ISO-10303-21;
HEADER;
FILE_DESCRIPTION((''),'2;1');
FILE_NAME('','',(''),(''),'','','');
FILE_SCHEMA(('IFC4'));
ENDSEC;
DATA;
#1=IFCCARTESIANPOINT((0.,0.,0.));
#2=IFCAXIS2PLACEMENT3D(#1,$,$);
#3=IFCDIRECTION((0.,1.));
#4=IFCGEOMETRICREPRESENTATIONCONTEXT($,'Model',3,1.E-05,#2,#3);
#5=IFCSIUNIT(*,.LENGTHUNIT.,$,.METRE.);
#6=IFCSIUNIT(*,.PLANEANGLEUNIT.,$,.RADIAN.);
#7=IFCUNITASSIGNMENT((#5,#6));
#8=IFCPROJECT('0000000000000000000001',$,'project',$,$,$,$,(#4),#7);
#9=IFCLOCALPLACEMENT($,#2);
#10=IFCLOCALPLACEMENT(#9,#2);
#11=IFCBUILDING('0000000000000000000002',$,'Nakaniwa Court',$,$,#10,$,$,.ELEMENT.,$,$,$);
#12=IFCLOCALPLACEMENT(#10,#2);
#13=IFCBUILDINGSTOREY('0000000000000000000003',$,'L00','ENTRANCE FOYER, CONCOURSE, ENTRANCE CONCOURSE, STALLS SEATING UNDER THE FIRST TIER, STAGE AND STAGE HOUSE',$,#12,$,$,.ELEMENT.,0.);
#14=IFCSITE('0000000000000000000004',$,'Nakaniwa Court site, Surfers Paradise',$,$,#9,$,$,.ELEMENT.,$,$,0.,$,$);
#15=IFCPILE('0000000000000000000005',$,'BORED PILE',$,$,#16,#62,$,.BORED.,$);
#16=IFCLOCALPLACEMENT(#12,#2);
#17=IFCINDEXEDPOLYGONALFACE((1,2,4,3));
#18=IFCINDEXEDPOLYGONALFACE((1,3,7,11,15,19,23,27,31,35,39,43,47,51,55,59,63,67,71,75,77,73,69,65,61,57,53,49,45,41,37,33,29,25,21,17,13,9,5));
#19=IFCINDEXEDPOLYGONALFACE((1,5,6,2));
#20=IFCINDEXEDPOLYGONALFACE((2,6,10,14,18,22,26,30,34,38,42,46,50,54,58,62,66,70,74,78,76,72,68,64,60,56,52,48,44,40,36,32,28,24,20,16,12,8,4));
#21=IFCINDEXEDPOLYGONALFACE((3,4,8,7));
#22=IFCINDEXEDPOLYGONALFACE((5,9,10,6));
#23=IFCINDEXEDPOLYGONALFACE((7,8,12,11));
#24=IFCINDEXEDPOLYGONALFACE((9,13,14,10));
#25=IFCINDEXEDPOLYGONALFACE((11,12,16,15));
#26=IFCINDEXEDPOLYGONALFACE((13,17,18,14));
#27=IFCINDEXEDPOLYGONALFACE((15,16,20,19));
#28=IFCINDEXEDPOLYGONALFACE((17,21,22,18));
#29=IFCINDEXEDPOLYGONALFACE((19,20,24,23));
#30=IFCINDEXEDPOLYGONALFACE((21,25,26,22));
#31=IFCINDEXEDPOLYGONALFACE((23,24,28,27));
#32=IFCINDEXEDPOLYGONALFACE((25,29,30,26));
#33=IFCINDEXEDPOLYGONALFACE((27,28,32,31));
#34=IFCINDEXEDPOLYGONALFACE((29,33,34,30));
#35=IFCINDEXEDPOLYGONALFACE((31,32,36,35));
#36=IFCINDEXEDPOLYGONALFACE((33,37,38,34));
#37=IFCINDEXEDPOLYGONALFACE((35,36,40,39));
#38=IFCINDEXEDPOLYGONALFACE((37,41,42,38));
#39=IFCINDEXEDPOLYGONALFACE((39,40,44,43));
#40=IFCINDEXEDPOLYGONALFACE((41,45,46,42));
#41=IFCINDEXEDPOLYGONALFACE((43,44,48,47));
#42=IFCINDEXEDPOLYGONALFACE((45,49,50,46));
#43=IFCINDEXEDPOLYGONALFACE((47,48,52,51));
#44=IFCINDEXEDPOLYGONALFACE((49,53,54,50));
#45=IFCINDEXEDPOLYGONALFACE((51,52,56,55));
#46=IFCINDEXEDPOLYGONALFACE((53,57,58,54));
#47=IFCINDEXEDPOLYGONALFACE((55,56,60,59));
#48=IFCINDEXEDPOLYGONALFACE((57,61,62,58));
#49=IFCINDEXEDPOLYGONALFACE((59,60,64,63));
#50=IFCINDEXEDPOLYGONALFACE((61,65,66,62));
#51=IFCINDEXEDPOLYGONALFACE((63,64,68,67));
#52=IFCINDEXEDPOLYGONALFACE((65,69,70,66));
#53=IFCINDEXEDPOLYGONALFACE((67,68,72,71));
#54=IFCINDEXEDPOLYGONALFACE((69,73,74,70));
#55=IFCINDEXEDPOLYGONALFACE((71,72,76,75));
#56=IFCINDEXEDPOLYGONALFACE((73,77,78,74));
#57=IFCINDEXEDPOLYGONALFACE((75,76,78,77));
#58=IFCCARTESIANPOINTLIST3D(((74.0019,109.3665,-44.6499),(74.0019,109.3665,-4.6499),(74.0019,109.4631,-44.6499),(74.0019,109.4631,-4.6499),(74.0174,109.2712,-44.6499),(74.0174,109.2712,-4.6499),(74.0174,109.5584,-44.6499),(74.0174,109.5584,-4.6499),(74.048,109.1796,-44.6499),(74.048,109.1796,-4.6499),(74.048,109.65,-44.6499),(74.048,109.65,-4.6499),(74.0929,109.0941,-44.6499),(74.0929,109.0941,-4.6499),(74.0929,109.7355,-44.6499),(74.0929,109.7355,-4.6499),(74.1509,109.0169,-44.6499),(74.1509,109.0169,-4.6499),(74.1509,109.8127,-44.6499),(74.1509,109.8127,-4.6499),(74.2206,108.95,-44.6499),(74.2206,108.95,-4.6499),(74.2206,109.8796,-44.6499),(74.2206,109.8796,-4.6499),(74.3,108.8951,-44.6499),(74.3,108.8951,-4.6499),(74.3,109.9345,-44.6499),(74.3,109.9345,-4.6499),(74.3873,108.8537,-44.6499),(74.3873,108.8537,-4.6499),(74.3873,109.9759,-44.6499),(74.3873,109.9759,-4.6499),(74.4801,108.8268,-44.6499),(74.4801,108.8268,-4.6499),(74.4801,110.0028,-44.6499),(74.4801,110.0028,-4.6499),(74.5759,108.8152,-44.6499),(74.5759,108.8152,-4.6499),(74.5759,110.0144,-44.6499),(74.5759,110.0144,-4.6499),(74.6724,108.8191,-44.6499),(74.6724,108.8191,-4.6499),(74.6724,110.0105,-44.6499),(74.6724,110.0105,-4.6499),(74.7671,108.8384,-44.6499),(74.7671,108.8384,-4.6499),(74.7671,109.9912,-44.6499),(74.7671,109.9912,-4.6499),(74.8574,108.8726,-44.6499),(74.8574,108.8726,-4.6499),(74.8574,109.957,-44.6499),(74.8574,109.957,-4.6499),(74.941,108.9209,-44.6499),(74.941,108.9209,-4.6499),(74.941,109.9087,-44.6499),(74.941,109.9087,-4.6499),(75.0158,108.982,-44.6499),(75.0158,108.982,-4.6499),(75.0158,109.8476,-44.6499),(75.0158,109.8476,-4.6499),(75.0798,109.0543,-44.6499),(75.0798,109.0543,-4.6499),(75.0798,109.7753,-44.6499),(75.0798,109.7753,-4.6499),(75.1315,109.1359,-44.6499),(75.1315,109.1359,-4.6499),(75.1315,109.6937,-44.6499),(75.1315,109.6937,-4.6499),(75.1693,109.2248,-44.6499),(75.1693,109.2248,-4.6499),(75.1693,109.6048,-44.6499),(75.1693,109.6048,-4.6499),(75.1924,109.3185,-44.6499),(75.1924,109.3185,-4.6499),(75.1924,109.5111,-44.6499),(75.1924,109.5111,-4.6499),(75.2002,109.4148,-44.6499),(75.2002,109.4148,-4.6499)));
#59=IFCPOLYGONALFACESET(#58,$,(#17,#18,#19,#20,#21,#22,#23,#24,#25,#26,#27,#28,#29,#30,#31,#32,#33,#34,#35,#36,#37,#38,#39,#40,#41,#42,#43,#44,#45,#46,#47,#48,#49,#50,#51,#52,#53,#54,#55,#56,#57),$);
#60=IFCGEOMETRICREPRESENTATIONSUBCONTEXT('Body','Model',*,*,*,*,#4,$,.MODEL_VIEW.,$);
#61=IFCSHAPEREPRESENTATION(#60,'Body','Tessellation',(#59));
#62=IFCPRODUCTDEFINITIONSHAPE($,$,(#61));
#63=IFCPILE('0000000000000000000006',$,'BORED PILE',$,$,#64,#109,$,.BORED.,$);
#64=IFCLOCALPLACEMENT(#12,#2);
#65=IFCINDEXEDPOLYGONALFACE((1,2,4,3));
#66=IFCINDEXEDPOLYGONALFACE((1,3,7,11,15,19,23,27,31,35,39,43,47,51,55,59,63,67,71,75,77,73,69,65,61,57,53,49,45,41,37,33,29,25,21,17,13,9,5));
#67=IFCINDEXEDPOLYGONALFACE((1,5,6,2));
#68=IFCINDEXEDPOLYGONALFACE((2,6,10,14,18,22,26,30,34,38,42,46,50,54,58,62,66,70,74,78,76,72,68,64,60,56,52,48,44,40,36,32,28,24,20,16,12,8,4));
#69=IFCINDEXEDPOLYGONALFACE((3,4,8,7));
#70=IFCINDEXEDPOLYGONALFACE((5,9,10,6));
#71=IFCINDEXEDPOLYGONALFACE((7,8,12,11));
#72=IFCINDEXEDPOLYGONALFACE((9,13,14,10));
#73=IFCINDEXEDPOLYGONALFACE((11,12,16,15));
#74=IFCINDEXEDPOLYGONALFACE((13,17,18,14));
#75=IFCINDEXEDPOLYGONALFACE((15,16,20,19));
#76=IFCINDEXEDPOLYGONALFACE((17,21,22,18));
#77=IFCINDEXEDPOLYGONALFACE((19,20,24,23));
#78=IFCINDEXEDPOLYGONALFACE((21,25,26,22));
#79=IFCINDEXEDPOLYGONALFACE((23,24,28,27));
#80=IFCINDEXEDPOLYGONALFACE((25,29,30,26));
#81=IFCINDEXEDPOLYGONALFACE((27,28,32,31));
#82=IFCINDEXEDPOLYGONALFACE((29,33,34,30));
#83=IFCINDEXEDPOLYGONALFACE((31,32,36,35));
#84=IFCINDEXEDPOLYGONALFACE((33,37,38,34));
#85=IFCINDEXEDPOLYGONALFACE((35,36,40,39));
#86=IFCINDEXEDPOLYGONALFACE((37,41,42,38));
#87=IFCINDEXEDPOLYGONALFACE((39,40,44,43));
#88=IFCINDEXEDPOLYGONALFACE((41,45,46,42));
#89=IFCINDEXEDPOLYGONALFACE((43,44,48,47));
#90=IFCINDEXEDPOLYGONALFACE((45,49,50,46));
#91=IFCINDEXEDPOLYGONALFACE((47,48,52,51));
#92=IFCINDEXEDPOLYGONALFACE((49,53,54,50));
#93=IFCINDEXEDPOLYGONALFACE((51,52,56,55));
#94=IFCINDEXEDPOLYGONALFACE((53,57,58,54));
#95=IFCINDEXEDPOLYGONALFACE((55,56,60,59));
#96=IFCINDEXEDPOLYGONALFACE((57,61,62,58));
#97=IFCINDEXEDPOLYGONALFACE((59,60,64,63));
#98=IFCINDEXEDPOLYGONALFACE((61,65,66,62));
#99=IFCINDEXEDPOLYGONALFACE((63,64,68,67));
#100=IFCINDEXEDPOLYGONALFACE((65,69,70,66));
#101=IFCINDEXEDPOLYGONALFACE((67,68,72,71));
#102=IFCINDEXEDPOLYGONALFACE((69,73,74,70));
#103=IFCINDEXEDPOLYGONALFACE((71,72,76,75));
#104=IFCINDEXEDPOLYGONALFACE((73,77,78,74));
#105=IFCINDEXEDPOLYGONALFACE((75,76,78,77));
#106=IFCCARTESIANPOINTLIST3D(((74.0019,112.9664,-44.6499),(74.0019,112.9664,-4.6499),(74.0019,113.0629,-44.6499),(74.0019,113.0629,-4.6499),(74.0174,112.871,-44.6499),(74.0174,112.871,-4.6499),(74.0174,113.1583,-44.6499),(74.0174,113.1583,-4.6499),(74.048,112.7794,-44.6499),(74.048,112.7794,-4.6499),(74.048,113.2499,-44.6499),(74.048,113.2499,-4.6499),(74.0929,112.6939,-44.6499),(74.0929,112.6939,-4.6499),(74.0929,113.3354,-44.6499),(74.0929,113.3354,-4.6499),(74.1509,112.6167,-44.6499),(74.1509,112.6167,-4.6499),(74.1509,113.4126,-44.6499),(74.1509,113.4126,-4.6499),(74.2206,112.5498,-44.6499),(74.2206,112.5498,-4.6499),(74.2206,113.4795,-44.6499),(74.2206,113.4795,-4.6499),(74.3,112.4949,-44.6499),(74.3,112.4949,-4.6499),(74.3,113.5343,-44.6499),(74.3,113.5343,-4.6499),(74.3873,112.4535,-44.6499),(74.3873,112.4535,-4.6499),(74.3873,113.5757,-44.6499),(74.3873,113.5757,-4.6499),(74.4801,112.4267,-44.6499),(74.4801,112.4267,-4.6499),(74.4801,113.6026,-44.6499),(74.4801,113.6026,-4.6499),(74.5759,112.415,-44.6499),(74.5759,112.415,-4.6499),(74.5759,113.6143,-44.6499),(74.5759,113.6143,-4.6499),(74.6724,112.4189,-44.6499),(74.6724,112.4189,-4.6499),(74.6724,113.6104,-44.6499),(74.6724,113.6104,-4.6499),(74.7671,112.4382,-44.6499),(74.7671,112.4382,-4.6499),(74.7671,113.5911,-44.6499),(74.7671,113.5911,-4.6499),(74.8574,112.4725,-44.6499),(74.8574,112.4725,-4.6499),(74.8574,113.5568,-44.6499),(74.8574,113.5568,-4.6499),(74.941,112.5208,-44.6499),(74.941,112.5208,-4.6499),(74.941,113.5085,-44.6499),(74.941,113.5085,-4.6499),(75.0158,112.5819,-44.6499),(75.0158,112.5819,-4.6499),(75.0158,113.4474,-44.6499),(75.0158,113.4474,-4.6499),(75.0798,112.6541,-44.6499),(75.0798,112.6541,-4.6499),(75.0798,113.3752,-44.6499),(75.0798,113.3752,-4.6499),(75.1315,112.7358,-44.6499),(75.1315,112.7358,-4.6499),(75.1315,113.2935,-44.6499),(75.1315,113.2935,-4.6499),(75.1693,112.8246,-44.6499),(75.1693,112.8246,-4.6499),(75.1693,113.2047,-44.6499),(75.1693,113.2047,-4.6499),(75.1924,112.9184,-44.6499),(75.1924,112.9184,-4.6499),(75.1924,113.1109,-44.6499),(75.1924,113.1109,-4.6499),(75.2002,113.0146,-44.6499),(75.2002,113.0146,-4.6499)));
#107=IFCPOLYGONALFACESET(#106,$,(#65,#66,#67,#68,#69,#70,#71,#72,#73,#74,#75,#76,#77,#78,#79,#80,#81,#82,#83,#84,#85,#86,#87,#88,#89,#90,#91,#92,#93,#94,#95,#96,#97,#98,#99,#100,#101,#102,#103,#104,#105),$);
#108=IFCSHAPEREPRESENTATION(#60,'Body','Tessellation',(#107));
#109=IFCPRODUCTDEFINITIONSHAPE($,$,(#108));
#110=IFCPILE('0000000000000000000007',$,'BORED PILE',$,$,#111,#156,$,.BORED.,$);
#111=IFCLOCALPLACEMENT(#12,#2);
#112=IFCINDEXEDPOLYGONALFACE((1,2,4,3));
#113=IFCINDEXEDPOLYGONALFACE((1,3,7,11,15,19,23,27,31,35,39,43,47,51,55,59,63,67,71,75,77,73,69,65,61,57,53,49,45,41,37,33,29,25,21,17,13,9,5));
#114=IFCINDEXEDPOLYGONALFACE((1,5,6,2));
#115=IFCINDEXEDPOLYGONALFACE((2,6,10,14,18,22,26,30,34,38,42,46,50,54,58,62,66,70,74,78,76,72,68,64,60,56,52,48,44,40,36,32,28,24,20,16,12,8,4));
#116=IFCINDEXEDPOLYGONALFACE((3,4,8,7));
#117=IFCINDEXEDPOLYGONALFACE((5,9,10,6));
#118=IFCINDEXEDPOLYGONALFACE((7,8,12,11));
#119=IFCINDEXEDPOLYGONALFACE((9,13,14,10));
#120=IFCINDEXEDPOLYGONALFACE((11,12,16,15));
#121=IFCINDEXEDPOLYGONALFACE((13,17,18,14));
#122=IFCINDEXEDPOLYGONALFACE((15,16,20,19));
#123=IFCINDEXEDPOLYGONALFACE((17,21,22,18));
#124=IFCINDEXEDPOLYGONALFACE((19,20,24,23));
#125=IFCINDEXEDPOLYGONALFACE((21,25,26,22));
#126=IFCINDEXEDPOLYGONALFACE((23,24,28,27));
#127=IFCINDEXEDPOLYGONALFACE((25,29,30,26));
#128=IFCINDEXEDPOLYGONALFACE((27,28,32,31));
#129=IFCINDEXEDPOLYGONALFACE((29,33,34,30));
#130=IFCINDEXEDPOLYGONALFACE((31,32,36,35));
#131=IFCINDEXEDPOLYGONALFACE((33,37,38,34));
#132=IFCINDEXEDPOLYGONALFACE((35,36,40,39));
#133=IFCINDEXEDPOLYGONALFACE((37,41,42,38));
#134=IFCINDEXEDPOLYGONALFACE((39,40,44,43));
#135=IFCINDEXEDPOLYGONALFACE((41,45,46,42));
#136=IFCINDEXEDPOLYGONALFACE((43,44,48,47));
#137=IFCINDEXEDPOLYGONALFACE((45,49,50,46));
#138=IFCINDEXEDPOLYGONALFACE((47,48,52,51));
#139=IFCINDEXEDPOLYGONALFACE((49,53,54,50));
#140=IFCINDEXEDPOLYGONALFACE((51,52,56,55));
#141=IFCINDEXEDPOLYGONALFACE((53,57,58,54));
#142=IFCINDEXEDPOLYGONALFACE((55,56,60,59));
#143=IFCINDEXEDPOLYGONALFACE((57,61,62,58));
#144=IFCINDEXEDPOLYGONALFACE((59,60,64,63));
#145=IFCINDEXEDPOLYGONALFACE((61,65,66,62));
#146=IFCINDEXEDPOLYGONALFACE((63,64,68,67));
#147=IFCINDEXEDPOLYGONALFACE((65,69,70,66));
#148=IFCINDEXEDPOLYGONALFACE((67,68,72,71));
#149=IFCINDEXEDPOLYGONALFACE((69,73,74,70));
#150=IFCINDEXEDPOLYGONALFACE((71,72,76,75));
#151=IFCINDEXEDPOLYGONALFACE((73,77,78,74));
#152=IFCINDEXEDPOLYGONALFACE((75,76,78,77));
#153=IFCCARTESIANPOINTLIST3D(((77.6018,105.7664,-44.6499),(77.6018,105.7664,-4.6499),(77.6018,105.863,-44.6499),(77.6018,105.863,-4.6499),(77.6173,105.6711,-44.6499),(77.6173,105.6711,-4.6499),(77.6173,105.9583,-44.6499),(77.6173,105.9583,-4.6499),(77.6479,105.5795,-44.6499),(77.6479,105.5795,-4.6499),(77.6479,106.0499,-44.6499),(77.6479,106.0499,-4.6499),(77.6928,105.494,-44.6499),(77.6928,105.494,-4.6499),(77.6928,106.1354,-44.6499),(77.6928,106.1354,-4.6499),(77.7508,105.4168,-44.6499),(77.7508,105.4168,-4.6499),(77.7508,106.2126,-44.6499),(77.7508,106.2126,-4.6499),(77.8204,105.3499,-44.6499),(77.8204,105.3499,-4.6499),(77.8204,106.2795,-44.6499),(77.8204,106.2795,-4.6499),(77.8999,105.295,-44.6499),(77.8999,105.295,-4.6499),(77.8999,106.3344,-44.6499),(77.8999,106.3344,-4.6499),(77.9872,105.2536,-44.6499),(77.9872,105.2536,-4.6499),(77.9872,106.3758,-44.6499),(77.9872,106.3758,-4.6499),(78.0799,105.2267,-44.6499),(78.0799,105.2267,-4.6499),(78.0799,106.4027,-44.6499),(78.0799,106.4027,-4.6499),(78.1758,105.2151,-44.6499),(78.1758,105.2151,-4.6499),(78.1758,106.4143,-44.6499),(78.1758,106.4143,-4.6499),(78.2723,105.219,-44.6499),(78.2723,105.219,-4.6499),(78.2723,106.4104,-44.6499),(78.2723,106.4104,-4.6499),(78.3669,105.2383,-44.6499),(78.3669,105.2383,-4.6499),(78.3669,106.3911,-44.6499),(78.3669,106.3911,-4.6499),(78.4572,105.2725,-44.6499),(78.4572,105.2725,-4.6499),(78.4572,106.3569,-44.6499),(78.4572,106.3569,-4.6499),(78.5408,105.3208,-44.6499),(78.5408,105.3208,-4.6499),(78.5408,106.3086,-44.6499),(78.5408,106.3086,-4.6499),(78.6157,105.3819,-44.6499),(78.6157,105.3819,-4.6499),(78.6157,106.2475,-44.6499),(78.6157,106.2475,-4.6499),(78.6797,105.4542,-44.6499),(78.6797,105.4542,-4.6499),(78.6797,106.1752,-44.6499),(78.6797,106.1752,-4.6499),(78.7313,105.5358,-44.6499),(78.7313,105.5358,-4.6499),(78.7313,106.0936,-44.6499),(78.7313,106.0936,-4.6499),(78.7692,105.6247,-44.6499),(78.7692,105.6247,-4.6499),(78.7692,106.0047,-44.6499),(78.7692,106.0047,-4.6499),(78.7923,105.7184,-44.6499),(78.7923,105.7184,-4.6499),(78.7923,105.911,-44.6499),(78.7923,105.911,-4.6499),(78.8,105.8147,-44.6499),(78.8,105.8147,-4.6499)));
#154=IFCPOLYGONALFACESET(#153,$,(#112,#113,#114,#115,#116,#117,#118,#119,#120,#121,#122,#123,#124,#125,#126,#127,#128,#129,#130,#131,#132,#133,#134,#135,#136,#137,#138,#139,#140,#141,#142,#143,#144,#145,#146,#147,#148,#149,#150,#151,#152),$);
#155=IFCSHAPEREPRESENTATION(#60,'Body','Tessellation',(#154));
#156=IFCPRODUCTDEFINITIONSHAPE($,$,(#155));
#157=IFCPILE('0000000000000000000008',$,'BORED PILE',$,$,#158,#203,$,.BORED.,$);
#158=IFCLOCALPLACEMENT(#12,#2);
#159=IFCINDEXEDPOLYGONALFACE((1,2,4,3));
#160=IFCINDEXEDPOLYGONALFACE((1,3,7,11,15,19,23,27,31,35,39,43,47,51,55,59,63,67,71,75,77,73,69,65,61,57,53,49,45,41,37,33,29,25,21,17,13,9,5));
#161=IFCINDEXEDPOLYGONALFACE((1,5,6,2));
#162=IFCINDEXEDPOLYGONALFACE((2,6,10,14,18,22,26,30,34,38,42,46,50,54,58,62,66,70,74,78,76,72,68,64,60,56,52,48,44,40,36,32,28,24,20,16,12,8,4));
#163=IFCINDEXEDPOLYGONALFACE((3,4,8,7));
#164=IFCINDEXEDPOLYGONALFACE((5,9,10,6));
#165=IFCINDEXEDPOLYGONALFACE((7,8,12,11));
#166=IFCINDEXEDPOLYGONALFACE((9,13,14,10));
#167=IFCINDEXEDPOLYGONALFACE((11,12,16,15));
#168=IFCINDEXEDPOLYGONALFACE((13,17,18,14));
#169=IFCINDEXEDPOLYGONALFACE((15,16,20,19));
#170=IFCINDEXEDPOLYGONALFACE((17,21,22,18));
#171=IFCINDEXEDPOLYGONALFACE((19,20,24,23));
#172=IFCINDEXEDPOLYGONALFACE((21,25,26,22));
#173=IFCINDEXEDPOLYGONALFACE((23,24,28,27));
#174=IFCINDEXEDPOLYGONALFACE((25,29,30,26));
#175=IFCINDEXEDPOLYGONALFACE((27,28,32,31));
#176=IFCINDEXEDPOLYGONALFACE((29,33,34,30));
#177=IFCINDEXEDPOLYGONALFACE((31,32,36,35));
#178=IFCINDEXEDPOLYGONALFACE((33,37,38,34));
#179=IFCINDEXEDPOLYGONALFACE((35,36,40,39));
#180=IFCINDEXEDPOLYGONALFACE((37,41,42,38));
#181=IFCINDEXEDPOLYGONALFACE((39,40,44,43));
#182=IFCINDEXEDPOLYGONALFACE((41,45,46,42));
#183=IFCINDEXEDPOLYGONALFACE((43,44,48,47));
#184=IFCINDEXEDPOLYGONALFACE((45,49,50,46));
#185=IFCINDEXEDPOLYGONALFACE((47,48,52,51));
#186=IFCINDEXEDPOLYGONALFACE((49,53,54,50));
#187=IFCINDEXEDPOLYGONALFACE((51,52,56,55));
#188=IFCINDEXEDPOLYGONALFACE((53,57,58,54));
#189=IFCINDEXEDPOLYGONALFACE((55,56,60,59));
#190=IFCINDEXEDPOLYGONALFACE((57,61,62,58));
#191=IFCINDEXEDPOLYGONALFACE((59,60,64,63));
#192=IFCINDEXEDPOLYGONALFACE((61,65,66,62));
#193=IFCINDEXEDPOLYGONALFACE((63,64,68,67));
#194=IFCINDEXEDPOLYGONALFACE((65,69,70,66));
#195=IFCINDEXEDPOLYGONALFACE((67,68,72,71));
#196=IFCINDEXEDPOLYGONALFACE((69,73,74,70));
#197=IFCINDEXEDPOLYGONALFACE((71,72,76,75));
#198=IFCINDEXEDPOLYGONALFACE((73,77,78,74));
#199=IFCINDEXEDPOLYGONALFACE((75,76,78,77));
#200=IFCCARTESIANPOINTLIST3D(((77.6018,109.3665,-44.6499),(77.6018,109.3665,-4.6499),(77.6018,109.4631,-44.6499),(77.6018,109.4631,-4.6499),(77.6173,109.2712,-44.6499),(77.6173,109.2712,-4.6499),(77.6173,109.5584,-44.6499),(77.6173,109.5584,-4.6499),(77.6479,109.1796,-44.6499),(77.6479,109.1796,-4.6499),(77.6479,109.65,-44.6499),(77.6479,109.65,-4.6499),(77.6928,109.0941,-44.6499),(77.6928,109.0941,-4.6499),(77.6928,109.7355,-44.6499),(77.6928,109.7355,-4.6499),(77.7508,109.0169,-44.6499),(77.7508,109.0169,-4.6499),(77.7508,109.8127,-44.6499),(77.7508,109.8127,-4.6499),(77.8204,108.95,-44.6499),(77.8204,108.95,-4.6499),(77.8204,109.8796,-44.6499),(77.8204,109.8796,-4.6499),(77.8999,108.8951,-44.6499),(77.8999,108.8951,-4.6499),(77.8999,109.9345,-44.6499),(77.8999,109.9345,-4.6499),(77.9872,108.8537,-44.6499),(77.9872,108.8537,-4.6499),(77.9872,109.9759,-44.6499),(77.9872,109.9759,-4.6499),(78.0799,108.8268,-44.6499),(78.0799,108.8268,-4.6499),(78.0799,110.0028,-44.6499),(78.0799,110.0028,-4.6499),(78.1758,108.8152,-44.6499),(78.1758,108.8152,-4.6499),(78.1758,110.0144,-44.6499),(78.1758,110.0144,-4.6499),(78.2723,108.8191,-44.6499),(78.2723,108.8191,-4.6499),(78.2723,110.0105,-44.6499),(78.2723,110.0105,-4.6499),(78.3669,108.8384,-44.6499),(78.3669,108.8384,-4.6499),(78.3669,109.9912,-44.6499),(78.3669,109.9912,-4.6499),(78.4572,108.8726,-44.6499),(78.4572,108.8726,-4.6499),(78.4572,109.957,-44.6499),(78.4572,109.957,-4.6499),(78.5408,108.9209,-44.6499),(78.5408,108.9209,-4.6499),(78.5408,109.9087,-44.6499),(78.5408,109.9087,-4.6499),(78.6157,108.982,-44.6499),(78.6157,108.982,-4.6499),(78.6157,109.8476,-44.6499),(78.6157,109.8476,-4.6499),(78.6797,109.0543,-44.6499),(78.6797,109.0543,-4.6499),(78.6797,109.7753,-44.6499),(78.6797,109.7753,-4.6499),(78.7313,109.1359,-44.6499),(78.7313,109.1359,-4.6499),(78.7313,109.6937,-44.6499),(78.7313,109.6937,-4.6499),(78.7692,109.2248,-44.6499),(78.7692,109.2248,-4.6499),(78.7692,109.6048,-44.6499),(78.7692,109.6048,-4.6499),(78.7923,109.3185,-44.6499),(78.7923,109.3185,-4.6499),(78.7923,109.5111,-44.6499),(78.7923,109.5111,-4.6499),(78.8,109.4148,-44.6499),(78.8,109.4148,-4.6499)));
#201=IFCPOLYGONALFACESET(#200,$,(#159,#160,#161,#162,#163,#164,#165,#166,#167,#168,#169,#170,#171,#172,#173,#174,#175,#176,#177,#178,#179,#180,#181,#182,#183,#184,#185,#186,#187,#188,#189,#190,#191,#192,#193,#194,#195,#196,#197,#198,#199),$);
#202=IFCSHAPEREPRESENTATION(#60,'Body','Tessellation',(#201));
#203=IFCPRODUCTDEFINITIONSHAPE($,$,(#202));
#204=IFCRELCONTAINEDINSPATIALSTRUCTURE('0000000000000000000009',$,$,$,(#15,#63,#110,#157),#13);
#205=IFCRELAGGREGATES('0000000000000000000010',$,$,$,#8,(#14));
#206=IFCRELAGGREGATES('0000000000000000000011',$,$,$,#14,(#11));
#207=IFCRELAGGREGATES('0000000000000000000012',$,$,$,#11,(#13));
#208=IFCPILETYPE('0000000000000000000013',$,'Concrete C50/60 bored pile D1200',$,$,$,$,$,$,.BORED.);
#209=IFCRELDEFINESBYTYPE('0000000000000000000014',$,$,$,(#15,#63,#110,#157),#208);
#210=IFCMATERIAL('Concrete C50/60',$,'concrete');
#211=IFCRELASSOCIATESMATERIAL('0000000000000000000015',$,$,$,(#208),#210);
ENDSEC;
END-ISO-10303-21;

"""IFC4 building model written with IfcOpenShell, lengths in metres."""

from ifc_helpers import new_model, si_unit, direction, frame, origin, origin_2d, place, context, subcontext, project, spatial, circle, extrude, material, material_profile, profile_set, type_object, element, save


model = new_model("IFC4")

# Units and contexts
model_context = context("Model", 3, precision=1e-05, world=origin(), true_north=direction((0.0, 1.0)))
body_context = subcontext(model_context, "Body", "Model", "MODEL_VIEW")
ifc_project = project(units=[si_unit("LENGTHUNIT", "METRE"), si_unit("PLANEANGLEUNIT", "RADIAN")], contexts=[model_context])

# Site, building, storey
site_placement = place(None, origin())
site = spatial("IfcSite", under=ifc_project, at=site_placement, Name="Nakaniwa Court site, Surfers Paradise", CompositionType="ELEMENT", RefElevation=0.0)
building_placement = place(site_placement, origin())
building = spatial("IfcBuilding", under=site, at=building_placement, Name="Nakaniwa Court", CompositionType="ELEMENT")
storey_placement = place(building_placement, origin())
storey = spatial("IfcBuildingStorey", under=building, at=storey_placement, Name="L00", Description="ENTRANCE FOYER, CONCOURSE, ENTRANCE CONCOURSE, STALLS SEATING UNDER THE FIRST TIER, STAGE AND STAGE HOUSE", CompositionType="ELEMENT", Elevation=0.0)

# Piles
ifc_material_1 = material(Name="Concrete C50/60", Category="concrete")
ifc_material_profile_1 = material_profile(ifc_material_1, circle(Radius=0.6001, at=origin_2d()), Name="Concrete C50/60 bored pile D1200")
ifc_profile_set_1 = profile_set([ifc_material_profile_1], Name="Concrete C50/60")
pile_type = type_object("IfcPileType", Name="Concrete C50/60 bored pile D1200", PredefinedType="BORED", material=ifc_profile_set_1)
for number, where, z_axis, x_axis, name in (
    (1, (74.6001, 109.4148, -4.6499), (0.0, 0.0, -1.0), (1.0, 0.0, 0.0), "BORED PILE"),
    (2, (74.6001, 113.0146, -4.6499), (0.0, 0.0, -1.0), (1.0, 0.0, 0.0), "BORED PILE"),
    (3, (78.2, 105.8147, -4.6499), (0.0, 0.0, -1.0), (1.0, 0.0, 0.0), "BORED PILE"),
    (4, (78.2, 109.4148, -4.6499), (0.0, 0.0, -1.0), (1.0, 0.0, 0.0), "BORED PILE"),
):
    element("IfcPile", number, at=place(storey_placement, frame(where, z_axis=z_axis, x_axis=x_axis)), inside=storey, type_object=pile_type, Name=name, PredefinedType="BORED", context=body_context, shape_type="SweptSolid", body=[
        extrude(circle(Radius=0.6001, at=origin_2d()), origin(), (0.0, 0.0, 1.0), 40.0),
    ])

save(model, "model.ifc")
